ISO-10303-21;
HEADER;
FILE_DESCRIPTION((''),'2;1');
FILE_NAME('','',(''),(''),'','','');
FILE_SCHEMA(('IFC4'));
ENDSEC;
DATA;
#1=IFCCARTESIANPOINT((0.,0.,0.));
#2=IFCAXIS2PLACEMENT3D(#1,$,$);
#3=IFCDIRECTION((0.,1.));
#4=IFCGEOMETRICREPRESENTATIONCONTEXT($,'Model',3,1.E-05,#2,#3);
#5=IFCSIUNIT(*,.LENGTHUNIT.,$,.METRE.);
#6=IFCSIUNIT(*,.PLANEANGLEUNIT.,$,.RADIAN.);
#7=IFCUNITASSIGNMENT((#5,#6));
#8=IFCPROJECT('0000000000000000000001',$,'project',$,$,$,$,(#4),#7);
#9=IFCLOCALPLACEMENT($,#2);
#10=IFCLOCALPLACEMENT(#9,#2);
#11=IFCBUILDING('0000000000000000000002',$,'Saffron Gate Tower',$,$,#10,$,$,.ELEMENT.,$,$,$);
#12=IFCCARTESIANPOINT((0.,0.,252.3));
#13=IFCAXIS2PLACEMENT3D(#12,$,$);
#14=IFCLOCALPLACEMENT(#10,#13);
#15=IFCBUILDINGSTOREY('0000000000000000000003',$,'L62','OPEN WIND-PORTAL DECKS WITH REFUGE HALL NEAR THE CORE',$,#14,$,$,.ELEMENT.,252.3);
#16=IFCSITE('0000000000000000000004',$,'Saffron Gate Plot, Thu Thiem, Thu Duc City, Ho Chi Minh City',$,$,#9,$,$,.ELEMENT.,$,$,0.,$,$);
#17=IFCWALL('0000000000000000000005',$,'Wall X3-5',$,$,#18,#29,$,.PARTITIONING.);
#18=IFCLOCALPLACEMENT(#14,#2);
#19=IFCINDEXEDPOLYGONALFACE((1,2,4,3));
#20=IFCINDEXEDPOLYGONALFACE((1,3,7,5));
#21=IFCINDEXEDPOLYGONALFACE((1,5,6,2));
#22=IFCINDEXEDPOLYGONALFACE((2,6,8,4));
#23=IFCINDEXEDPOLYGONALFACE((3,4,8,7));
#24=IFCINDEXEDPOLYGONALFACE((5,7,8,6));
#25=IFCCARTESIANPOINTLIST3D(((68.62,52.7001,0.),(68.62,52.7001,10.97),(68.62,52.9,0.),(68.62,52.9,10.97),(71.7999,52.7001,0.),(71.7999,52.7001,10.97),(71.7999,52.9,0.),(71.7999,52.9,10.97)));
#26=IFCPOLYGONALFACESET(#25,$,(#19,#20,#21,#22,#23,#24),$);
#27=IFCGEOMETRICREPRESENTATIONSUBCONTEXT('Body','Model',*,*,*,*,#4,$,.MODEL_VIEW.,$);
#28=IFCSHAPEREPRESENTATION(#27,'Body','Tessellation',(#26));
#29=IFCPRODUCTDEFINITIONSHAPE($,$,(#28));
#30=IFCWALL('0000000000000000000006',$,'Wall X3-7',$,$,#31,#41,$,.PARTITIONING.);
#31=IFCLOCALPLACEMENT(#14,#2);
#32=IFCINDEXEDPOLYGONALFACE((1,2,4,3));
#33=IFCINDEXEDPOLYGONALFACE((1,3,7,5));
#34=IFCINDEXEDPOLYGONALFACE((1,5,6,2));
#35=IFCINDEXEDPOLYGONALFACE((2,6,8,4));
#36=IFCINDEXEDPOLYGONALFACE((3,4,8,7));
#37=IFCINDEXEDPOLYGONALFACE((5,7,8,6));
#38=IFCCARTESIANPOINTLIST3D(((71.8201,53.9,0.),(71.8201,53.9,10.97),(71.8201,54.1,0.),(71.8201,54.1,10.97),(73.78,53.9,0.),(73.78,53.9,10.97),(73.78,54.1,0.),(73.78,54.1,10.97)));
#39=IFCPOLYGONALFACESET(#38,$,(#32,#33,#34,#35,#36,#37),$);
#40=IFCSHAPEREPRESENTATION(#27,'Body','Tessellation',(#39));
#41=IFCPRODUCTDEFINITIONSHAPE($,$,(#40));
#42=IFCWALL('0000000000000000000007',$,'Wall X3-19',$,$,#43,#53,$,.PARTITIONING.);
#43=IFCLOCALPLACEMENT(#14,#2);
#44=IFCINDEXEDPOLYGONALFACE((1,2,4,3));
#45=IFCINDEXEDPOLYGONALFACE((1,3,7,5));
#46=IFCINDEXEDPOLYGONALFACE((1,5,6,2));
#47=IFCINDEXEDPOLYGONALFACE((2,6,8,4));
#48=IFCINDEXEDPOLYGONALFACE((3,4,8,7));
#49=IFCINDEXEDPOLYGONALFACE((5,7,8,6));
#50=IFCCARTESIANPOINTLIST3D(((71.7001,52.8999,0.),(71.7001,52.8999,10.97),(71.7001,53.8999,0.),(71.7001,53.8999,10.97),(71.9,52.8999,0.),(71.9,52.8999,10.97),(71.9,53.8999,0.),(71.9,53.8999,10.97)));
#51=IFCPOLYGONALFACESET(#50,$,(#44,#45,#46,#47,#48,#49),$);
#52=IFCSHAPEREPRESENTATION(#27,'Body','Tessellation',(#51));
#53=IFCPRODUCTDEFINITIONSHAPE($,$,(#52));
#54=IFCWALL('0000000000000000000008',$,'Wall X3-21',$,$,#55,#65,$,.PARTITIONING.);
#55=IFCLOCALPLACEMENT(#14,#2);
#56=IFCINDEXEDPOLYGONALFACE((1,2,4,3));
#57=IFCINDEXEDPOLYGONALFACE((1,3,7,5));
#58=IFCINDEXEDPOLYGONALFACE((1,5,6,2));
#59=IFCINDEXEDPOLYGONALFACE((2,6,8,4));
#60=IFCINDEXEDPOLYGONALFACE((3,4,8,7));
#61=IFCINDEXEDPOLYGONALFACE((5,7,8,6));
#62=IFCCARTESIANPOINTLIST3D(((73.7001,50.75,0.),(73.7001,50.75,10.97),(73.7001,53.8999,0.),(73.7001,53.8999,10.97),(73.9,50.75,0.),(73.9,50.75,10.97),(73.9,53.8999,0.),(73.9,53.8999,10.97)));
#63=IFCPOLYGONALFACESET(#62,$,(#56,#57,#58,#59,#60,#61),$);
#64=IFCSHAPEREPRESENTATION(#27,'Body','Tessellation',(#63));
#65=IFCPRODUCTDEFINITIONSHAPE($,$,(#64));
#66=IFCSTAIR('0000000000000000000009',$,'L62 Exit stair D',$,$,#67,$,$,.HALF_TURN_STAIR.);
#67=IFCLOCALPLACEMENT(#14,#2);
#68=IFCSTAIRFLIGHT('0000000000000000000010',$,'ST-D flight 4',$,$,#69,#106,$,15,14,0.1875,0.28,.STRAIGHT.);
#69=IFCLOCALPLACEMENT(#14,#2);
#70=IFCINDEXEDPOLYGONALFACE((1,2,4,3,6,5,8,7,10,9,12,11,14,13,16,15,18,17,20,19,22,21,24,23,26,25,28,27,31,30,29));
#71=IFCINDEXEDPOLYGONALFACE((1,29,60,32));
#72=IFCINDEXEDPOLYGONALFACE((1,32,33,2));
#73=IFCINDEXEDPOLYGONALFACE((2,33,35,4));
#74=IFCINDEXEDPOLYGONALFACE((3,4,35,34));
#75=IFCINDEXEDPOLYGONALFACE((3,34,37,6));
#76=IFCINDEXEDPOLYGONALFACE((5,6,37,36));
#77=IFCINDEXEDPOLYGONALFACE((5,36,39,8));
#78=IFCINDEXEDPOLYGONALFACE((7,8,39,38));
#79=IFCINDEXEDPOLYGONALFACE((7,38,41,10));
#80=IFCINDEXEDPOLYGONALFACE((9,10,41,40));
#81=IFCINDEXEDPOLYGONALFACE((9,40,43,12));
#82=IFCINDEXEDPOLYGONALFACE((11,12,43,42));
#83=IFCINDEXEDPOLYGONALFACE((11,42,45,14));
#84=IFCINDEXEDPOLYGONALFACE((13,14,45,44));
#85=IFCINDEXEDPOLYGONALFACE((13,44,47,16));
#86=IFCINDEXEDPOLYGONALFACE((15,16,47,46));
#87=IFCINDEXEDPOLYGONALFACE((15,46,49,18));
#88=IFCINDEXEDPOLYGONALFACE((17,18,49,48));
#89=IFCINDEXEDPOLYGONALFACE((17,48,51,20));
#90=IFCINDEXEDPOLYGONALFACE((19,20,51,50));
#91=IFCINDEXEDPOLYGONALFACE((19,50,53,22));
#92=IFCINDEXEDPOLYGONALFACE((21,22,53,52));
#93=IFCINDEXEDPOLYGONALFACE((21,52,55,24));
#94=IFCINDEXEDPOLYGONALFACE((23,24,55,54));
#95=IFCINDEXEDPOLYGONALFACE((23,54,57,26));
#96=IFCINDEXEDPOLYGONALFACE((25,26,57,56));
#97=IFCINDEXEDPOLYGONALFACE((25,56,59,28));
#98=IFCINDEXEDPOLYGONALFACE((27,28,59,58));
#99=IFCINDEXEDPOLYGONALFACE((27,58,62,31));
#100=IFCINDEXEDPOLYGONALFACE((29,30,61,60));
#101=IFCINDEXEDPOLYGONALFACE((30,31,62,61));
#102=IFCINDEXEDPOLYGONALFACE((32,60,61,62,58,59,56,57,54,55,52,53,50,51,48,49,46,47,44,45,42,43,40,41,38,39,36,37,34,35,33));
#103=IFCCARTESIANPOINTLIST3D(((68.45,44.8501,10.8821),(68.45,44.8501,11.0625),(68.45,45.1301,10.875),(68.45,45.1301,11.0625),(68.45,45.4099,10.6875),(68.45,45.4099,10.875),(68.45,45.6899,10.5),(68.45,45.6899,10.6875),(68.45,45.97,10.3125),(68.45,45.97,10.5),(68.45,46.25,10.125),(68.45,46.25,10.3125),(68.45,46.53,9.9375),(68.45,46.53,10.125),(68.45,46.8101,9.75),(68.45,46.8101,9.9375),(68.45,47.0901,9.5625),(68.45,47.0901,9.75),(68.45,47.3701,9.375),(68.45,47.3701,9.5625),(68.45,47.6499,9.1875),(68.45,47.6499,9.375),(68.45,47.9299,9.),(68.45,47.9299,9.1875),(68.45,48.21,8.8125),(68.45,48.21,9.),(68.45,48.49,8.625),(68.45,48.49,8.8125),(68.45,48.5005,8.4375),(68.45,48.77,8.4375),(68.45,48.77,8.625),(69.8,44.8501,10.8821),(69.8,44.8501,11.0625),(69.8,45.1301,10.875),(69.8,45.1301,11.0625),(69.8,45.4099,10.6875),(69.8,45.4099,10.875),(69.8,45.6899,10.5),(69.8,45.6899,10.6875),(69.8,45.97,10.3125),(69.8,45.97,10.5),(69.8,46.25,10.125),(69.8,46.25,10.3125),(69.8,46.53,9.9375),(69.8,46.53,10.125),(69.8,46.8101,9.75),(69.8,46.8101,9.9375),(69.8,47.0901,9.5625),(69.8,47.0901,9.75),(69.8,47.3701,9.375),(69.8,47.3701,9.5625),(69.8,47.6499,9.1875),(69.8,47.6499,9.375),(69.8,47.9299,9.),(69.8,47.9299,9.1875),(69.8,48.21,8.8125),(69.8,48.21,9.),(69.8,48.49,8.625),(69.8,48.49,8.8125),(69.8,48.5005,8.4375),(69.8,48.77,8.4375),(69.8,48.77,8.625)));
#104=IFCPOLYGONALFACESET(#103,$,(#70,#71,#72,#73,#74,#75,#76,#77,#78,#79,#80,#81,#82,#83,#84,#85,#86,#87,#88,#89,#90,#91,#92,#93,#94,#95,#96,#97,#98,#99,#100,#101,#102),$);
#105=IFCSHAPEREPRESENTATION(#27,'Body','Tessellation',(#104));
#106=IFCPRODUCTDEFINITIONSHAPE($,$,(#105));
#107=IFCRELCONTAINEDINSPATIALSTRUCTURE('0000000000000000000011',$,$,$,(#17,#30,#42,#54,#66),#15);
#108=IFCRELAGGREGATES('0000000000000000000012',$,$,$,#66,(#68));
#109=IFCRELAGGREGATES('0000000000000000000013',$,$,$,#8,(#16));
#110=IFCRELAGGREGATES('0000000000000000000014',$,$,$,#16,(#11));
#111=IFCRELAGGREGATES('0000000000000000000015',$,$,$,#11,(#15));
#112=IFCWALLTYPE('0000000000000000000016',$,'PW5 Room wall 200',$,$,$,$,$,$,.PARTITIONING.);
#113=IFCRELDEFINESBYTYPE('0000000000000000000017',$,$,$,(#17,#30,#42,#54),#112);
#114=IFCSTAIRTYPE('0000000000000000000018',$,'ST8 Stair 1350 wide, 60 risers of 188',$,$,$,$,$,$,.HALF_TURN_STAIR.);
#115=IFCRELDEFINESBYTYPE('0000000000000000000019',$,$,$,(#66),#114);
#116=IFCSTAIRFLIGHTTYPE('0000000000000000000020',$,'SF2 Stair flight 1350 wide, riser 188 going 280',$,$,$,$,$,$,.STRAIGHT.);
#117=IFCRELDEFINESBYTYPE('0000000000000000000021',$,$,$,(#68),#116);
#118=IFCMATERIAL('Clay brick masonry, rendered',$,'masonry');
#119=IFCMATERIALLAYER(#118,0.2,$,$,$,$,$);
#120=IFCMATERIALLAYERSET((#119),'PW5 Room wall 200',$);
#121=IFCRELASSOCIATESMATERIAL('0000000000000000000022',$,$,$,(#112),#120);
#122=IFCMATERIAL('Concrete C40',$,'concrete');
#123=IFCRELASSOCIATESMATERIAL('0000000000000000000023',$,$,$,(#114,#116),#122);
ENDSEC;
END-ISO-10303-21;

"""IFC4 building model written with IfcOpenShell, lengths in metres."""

from ifc_helpers import new_model, si_unit, direction, frame, frame_2d, origin, place, context, subcontext, project, spatial, polyline, rectangle, outline, extrude, material, layer, layer_set, type_object, element, aggregate, save


model = new_model("IFC4")

# Units and contexts
model_context = context("Model", 3, precision=1e-05, world=origin(), true_north=direction((0.0, 1.0)))
body_context = subcontext(model_context, "Body", "Model", "MODEL_VIEW")
ifc_project = project(units=[si_unit("LENGTHUNIT", "METRE"), si_unit("PLANEANGLEUNIT", "RADIAN")], contexts=[model_context])

# Site, building, storey
site_placement = place(None, origin())
site = spatial("IfcSite", under=ifc_project, at=site_placement, Name="Saffron Gate Plot, Thu Thiem, Thu Duc City, Ho Chi Minh City", CompositionType="ELEMENT", RefElevation=0.0)
building_placement = place(site_placement, origin())
building = spatial("IfcBuilding", under=site, at=building_placement, Name="Saffron Gate Tower", CompositionType="ELEMENT")
storey_placement = place(building_placement, frame((0.0, 0.0, 252.3)))
storey = spatial("IfcBuildingStorey", under=building, at=storey_placement, Name="L62", Description="OPEN WIND-PORTAL DECKS WITH REFUGE HALL NEAR THE CORE", CompositionType="ELEMENT", Elevation=252.3)

# Shared definitions
ifc_material_1 = material(Name="Clay brick masonry, rendered", Category="masonry")

# Walls
ifc_layer_1 = layer(ifc_material_1, 0.2)
ifc_layer_set_1 = layer_set([ifc_layer_1], Name="PW5 Room wall 200")
wall_type_1 = type_object("IfcWallType", Name="PW5 Room wall 200", PredefinedType="PARTITIONING", material=ifc_layer_set_1)
wall_1_placement = place(storey_placement, frame((68.6201, 52.8, 0.0), z_axis=(0.0, 0.0, 1.0), x_axis=(1.0, 0.0, 0.0)))
element("IfcWall", 1, at=wall_1_placement, inside=storey, type_object=wall_type_1, Name="Wall X3-5", PredefinedType="PARTITIONING", context=body_context, shape_type="SweptSolid", body=[
    extrude(rectangle(XDim=3.1799, YDim=0.2, at=frame_2d((1.5898, 0.0))), origin(), (0.0, 0.0, 1.0), 10.97),
])
wall_2_placement = place(storey_placement, frame((71.8201, 54.0, 0.0), z_axis=(0.0, 0.0, 1.0), x_axis=(1.0, 0.0, 0.0)))
element("IfcWall", 2, at=wall_2_placement, inside=storey, type_object=wall_type_1, Name="Wall X3-7", PredefinedType="PARTITIONING", context=body_context, shape_type="SweptSolid", body=[
    extrude(rectangle(XDim=1.96, YDim=0.2, at=frame_2d((0.98, 0.0))), origin(), (0.0, 0.0, 1.0), 10.97),
])
wall_3_placement = place(storey_placement, frame((71.8, 53.8999, 0.0), z_axis=(0.0, 0.0, 1.0), x_axis=(0.0, -1.0, 0.0)))
element("IfcWall", 3, at=wall_3_placement, inside=storey, type_object=wall_type_1, Name="Wall X3-19", PredefinedType="PARTITIONING", context=body_context, shape_type="SweptSolid", body=[
    extrude(rectangle(XDim=1.0, YDim=0.2, at=frame_2d((0.5, 0.0))), origin(), (0.0, 0.0, 1.0), 10.97),
])
wall_4_placement = place(storey_placement, frame((73.8, 53.8999, 0.0), z_axis=(0.0, 0.0, 1.0), x_axis=(0.0, -1.0, 0.0)))
element("IfcWall", 4, at=wall_4_placement, inside=storey, type_object=wall_type_1, Name="Wall X3-21", PredefinedType="PARTITIONING", context=body_context, shape_type="SweptSolid", body=[
    extrude(rectangle(XDim=3.1499, YDim=0.2, at=frame_2d((1.575, 0.0))), origin(), (0.0, 0.0, 1.0), 10.97),
])

# Stair, stair flight
ifc_material_2 = material(Name="Concrete C40", Category="concrete")
stair_type = type_object("IfcStairType", Name="ST8 Stair 1350 wide, 60 risers of 188", PredefinedType="HALF_TURN_STAIR", material=ifc_material_2)
stair_placement = place(storey_placement, origin())
stair = element("IfcStair", 5, at=stair_placement, inside=storey, type_object=stair_type, Name="L62 Exit stair D", PredefinedType="HALF_TURN_STAIR")
stair_flight_type = type_object("IfcStairFlightType", Name="SF2 Stair flight 1350 wide, riser 188 going 280", PredefinedType="STRAIGHT", material=ifc_material_2)
stair_flight_placement = place(storey_placement, frame((69.125, 48.77, 8.4375), z_axis=(0.0, 0.0, 1.0), x_axis=(0.0, -1.0, 0.0)))
stair_flight = element("IfcStairFlight", 6, at=stair_flight_placement, type_object=stair_flight_type, Name="ST-D flight 4", NumberOfRisers=15, NumberOfTreads=14, PredefinedType="STRAIGHT", RiserHeight=0.1875, TreadLength=0.28, context=body_context, shape_type="SweptSolid", body=[
    extrude(outline(polyline([(0.0, 0.0), (0.0, 0.1875), (0.28, 0.1875), (0.28, 0.375), (0.5601, 0.375), (0.5601, 0.5625), (0.8401, 0.5625), (0.8401, 0.75), (1.1201, 0.75), (1.1201, 0.9375), (1.3999, 0.9375), (1.3999, 1.125), (1.6799, 1.125), (1.6799, 1.3125), (1.96, 1.3125), (1.96, 1.5), (2.24, 1.5), (2.24, 1.6875), (2.52, 1.6875), (2.52, 1.875), (2.8, 1.875), (2.8, 2.0625), (3.0801, 2.0625), (3.0801, 2.25), (3.3601, 2.25), (3.3601, 2.4375), (3.6399, 2.4375), (3.6399, 2.625), (3.9199, 2.625), (3.9199, 2.8125), (3.9199, 2.4446), (0.2695, 0.0), (0.0, 0.0)])), frame((0.0, 0.675, 0.0), z_axis=(0.0, -1.0, 0.0), x_axis=(1.0, 0.0, 0.0)), (0.0, 0.0, 1.0), 1.3501),
])
aggregate(stair, [stair_flight])

save(model, "model.ifc")
